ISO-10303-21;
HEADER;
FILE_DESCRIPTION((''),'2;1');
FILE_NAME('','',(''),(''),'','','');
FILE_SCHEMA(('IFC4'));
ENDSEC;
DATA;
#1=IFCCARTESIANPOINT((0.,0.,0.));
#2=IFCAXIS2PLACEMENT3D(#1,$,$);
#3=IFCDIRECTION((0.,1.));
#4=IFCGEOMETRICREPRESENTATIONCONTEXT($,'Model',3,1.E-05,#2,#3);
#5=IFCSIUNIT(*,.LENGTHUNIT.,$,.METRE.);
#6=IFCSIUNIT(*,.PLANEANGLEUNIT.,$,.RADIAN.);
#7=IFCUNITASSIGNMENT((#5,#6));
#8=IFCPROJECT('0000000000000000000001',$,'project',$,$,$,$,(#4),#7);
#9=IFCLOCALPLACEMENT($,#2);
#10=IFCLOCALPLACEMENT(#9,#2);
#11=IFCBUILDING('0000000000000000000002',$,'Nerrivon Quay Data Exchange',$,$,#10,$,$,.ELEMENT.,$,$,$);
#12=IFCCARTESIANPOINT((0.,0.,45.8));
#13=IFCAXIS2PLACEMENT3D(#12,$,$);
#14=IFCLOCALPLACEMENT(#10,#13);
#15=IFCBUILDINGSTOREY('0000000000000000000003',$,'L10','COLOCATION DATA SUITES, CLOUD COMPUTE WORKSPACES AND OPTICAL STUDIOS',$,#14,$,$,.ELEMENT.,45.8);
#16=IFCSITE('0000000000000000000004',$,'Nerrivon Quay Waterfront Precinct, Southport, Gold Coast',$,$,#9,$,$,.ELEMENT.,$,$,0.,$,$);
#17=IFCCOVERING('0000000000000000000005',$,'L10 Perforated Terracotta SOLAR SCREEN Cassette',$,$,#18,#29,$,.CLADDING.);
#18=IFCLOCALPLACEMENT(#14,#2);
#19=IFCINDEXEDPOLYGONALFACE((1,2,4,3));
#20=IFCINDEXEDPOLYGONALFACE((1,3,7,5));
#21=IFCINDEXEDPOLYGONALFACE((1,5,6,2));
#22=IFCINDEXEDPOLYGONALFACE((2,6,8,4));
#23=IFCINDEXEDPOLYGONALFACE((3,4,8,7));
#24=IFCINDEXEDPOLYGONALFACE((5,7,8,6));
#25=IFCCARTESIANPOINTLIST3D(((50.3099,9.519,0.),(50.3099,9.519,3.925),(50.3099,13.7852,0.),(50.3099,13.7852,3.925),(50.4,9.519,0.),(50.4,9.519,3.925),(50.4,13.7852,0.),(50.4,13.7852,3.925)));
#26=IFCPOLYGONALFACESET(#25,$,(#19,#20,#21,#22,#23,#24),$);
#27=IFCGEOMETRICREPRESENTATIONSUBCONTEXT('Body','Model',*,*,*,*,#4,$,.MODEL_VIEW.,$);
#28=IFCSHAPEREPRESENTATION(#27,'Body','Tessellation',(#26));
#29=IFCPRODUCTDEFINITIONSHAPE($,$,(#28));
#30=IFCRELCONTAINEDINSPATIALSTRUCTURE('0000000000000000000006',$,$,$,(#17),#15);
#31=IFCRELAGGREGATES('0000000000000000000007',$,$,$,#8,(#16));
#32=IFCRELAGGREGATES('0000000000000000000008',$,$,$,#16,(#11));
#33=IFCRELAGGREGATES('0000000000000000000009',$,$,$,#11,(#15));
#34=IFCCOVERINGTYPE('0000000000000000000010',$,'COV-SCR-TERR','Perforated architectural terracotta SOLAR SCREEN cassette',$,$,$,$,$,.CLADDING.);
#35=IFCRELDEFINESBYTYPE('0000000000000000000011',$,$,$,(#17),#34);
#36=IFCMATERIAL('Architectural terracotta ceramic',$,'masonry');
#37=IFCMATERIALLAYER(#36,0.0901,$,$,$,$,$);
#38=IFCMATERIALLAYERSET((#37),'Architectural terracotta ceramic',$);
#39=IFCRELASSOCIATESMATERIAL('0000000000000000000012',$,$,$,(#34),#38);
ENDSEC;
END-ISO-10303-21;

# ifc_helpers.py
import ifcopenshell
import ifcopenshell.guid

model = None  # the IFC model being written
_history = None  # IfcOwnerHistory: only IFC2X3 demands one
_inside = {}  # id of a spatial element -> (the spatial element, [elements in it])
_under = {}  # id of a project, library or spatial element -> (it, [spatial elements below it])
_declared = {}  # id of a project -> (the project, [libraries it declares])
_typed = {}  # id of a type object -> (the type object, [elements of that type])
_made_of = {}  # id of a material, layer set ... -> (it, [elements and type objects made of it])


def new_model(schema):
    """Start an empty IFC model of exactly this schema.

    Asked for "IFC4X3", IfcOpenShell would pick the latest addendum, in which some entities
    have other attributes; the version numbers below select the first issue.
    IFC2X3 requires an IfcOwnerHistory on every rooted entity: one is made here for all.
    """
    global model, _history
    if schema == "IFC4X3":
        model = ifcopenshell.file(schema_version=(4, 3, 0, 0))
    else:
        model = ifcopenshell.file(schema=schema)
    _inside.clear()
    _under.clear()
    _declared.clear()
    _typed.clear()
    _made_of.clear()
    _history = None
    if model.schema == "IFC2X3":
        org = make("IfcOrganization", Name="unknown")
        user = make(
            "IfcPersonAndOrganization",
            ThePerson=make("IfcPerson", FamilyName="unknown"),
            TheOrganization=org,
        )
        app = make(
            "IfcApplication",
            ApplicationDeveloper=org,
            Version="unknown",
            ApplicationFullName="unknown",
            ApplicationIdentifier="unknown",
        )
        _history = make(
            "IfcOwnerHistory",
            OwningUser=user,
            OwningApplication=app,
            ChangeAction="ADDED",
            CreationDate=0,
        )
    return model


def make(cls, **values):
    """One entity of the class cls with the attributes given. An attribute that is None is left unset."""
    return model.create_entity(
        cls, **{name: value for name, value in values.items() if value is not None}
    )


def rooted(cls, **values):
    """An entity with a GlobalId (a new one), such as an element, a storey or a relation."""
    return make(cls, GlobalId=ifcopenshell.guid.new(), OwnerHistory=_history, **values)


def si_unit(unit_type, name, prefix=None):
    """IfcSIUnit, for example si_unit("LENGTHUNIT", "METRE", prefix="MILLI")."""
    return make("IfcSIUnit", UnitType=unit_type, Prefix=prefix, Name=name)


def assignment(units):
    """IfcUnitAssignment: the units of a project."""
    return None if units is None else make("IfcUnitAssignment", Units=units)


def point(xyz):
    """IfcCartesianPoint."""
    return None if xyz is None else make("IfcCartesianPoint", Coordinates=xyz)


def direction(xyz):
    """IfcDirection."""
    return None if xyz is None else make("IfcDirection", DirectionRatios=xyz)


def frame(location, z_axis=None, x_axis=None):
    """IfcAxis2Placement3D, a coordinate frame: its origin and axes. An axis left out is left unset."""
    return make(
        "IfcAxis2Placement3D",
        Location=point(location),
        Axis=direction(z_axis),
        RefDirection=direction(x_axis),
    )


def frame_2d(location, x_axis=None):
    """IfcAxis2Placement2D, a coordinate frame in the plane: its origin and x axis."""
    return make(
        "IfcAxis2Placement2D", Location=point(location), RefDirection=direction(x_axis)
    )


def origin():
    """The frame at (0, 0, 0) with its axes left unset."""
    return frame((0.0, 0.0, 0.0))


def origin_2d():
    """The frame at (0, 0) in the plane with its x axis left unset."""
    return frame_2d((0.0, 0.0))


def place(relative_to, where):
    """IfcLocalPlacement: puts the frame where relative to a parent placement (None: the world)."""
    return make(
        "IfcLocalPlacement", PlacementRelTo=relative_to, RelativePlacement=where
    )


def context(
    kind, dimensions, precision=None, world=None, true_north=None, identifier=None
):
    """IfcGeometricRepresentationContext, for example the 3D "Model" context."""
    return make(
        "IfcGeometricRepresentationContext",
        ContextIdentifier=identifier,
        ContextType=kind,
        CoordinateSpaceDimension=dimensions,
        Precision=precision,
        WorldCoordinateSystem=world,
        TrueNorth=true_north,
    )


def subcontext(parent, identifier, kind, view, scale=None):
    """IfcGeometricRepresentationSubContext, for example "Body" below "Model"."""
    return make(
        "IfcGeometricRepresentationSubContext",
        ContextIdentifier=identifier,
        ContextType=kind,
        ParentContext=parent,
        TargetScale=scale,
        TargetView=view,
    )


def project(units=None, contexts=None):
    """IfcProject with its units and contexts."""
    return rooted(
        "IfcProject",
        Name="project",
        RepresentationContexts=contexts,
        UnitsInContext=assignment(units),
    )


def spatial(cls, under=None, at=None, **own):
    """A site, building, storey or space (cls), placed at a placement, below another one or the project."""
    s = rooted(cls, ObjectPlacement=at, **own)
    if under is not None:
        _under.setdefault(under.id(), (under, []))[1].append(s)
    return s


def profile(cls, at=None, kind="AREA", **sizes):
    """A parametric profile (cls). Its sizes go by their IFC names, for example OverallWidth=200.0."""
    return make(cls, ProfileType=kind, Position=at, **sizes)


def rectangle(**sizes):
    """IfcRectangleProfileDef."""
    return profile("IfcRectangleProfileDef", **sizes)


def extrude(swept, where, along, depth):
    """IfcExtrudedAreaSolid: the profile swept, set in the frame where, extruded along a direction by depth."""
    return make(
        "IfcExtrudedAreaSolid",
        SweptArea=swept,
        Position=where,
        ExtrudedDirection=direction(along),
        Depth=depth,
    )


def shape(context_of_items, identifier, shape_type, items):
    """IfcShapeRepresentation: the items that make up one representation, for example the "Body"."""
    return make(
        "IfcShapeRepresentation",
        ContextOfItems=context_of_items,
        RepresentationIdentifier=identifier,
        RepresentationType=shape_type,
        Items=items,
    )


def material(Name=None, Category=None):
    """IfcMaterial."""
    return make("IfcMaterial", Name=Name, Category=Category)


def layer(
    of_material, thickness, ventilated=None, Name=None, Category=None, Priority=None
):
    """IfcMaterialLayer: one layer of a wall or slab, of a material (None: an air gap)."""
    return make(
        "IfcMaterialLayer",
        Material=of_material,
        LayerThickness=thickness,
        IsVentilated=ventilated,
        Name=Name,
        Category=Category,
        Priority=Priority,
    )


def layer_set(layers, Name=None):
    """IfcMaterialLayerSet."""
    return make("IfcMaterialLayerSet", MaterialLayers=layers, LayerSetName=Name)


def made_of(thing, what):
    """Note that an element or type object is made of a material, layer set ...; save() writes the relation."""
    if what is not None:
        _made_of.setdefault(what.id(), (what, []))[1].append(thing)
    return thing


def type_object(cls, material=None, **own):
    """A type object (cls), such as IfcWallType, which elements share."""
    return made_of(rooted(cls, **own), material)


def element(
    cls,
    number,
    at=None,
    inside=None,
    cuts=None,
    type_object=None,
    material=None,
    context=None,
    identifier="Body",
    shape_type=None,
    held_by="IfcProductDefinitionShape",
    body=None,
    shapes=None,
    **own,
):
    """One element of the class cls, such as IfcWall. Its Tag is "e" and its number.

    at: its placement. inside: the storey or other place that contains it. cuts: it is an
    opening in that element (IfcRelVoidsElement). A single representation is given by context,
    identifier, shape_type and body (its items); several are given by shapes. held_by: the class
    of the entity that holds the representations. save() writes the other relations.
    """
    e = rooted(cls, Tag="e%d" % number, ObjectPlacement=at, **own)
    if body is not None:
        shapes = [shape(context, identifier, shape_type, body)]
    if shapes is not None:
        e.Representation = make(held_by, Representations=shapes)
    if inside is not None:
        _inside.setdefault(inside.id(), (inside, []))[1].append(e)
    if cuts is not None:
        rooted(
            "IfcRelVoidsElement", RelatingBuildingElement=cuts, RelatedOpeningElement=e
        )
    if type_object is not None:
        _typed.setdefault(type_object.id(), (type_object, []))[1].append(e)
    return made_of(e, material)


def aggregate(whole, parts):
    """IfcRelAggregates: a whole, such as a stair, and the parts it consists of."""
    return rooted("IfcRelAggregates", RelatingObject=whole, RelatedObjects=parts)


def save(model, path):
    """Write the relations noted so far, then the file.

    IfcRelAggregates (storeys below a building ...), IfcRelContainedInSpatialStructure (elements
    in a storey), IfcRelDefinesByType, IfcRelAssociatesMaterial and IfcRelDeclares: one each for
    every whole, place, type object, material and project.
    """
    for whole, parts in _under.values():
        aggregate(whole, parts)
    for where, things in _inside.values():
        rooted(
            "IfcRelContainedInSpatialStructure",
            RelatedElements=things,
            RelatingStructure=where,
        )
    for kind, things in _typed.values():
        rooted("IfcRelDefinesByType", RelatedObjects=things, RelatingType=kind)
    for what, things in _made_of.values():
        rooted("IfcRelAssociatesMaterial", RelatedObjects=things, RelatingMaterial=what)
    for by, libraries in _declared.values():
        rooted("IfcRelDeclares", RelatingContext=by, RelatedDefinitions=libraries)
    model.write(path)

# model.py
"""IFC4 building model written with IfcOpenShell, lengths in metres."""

from ifc_helpers import new_model, si_unit, direction, frame, origin, origin_2d, place, context, subcontext, project, spatial, rectangle, extrude, material, layer, layer_set, type_object, element, save


model = new_model("IFC4")

# Units and contexts
model_context = context("Model", 3, precision=1e-05, world=origin(), true_north=direction((0.0, 1.0)))
body_context = subcontext(model_context, "Body", "Model", "MODEL_VIEW")
ifc_project = project(units=[si_unit("LENGTHUNIT", "METRE"), si_unit("PLANEANGLEUNIT", "RADIAN")], contexts=[model_context])

# Site, building, storey
site_placement = place(None, origin())
site = spatial("IfcSite", under=ifc_project, at=site_placement, Name="Nerrivon Quay Waterfront Precinct, Southport, Gold Coast", CompositionType="ELEMENT", RefElevation=0.0)
building_placement = place(site_placement, origin())
building = spatial("IfcBuilding", under=site, at=building_placement, Name="Nerrivon Quay Data Exchange", CompositionType="ELEMENT")
storey_placement = place(building_placement, frame((0.0, 0.0, 45.8)))
storey = spatial("IfcBuildingStorey", under=building, at=storey_placement, Name="L10", Description="COLOCATION DATA SUITES, CLOUD COMPUTE WORKSPACES AND OPTICAL STUDIOS", CompositionType="ELEMENT", Elevation=45.8)

# Covering
ifc_material_1 = material(Name="Architectural terracotta ceramic", Category="masonry")
ifc_layer_1 = layer(ifc_material_1, 0.0901)
ifc_layer_set_1 = layer_set([ifc_layer_1], Name="Architectural terracotta ceramic")
covering_type = type_object("IfcCoveringType", Name="COV-SCR-TERR", Description="Perforated architectural terracotta SOLAR SCREEN cassette", PredefinedType="CLADDING", material=ifc_layer_set_1)
covering_1_placement = place(storey_placement, frame((50.355, 11.6521, 0.0), z_axis=(0.0, 0.0, 1.0), x_axis=(0.0, -1.0, 0.0)))
element("IfcCovering", 1, at=covering_1_placement, inside=storey, type_object=covering_type, Name="L10 Perforated Terracotta SOLAR SCREEN Cassette", PredefinedType="CLADDING", context=body_context, shape_type="SweptSolid", body=[
    extrude(rectangle(XDim=4.2661, YDim=0.0901, at=origin_2d()), origin(), (0.0, 0.0, 1.0), 3.925),
])

save(model, "model.ifc")
